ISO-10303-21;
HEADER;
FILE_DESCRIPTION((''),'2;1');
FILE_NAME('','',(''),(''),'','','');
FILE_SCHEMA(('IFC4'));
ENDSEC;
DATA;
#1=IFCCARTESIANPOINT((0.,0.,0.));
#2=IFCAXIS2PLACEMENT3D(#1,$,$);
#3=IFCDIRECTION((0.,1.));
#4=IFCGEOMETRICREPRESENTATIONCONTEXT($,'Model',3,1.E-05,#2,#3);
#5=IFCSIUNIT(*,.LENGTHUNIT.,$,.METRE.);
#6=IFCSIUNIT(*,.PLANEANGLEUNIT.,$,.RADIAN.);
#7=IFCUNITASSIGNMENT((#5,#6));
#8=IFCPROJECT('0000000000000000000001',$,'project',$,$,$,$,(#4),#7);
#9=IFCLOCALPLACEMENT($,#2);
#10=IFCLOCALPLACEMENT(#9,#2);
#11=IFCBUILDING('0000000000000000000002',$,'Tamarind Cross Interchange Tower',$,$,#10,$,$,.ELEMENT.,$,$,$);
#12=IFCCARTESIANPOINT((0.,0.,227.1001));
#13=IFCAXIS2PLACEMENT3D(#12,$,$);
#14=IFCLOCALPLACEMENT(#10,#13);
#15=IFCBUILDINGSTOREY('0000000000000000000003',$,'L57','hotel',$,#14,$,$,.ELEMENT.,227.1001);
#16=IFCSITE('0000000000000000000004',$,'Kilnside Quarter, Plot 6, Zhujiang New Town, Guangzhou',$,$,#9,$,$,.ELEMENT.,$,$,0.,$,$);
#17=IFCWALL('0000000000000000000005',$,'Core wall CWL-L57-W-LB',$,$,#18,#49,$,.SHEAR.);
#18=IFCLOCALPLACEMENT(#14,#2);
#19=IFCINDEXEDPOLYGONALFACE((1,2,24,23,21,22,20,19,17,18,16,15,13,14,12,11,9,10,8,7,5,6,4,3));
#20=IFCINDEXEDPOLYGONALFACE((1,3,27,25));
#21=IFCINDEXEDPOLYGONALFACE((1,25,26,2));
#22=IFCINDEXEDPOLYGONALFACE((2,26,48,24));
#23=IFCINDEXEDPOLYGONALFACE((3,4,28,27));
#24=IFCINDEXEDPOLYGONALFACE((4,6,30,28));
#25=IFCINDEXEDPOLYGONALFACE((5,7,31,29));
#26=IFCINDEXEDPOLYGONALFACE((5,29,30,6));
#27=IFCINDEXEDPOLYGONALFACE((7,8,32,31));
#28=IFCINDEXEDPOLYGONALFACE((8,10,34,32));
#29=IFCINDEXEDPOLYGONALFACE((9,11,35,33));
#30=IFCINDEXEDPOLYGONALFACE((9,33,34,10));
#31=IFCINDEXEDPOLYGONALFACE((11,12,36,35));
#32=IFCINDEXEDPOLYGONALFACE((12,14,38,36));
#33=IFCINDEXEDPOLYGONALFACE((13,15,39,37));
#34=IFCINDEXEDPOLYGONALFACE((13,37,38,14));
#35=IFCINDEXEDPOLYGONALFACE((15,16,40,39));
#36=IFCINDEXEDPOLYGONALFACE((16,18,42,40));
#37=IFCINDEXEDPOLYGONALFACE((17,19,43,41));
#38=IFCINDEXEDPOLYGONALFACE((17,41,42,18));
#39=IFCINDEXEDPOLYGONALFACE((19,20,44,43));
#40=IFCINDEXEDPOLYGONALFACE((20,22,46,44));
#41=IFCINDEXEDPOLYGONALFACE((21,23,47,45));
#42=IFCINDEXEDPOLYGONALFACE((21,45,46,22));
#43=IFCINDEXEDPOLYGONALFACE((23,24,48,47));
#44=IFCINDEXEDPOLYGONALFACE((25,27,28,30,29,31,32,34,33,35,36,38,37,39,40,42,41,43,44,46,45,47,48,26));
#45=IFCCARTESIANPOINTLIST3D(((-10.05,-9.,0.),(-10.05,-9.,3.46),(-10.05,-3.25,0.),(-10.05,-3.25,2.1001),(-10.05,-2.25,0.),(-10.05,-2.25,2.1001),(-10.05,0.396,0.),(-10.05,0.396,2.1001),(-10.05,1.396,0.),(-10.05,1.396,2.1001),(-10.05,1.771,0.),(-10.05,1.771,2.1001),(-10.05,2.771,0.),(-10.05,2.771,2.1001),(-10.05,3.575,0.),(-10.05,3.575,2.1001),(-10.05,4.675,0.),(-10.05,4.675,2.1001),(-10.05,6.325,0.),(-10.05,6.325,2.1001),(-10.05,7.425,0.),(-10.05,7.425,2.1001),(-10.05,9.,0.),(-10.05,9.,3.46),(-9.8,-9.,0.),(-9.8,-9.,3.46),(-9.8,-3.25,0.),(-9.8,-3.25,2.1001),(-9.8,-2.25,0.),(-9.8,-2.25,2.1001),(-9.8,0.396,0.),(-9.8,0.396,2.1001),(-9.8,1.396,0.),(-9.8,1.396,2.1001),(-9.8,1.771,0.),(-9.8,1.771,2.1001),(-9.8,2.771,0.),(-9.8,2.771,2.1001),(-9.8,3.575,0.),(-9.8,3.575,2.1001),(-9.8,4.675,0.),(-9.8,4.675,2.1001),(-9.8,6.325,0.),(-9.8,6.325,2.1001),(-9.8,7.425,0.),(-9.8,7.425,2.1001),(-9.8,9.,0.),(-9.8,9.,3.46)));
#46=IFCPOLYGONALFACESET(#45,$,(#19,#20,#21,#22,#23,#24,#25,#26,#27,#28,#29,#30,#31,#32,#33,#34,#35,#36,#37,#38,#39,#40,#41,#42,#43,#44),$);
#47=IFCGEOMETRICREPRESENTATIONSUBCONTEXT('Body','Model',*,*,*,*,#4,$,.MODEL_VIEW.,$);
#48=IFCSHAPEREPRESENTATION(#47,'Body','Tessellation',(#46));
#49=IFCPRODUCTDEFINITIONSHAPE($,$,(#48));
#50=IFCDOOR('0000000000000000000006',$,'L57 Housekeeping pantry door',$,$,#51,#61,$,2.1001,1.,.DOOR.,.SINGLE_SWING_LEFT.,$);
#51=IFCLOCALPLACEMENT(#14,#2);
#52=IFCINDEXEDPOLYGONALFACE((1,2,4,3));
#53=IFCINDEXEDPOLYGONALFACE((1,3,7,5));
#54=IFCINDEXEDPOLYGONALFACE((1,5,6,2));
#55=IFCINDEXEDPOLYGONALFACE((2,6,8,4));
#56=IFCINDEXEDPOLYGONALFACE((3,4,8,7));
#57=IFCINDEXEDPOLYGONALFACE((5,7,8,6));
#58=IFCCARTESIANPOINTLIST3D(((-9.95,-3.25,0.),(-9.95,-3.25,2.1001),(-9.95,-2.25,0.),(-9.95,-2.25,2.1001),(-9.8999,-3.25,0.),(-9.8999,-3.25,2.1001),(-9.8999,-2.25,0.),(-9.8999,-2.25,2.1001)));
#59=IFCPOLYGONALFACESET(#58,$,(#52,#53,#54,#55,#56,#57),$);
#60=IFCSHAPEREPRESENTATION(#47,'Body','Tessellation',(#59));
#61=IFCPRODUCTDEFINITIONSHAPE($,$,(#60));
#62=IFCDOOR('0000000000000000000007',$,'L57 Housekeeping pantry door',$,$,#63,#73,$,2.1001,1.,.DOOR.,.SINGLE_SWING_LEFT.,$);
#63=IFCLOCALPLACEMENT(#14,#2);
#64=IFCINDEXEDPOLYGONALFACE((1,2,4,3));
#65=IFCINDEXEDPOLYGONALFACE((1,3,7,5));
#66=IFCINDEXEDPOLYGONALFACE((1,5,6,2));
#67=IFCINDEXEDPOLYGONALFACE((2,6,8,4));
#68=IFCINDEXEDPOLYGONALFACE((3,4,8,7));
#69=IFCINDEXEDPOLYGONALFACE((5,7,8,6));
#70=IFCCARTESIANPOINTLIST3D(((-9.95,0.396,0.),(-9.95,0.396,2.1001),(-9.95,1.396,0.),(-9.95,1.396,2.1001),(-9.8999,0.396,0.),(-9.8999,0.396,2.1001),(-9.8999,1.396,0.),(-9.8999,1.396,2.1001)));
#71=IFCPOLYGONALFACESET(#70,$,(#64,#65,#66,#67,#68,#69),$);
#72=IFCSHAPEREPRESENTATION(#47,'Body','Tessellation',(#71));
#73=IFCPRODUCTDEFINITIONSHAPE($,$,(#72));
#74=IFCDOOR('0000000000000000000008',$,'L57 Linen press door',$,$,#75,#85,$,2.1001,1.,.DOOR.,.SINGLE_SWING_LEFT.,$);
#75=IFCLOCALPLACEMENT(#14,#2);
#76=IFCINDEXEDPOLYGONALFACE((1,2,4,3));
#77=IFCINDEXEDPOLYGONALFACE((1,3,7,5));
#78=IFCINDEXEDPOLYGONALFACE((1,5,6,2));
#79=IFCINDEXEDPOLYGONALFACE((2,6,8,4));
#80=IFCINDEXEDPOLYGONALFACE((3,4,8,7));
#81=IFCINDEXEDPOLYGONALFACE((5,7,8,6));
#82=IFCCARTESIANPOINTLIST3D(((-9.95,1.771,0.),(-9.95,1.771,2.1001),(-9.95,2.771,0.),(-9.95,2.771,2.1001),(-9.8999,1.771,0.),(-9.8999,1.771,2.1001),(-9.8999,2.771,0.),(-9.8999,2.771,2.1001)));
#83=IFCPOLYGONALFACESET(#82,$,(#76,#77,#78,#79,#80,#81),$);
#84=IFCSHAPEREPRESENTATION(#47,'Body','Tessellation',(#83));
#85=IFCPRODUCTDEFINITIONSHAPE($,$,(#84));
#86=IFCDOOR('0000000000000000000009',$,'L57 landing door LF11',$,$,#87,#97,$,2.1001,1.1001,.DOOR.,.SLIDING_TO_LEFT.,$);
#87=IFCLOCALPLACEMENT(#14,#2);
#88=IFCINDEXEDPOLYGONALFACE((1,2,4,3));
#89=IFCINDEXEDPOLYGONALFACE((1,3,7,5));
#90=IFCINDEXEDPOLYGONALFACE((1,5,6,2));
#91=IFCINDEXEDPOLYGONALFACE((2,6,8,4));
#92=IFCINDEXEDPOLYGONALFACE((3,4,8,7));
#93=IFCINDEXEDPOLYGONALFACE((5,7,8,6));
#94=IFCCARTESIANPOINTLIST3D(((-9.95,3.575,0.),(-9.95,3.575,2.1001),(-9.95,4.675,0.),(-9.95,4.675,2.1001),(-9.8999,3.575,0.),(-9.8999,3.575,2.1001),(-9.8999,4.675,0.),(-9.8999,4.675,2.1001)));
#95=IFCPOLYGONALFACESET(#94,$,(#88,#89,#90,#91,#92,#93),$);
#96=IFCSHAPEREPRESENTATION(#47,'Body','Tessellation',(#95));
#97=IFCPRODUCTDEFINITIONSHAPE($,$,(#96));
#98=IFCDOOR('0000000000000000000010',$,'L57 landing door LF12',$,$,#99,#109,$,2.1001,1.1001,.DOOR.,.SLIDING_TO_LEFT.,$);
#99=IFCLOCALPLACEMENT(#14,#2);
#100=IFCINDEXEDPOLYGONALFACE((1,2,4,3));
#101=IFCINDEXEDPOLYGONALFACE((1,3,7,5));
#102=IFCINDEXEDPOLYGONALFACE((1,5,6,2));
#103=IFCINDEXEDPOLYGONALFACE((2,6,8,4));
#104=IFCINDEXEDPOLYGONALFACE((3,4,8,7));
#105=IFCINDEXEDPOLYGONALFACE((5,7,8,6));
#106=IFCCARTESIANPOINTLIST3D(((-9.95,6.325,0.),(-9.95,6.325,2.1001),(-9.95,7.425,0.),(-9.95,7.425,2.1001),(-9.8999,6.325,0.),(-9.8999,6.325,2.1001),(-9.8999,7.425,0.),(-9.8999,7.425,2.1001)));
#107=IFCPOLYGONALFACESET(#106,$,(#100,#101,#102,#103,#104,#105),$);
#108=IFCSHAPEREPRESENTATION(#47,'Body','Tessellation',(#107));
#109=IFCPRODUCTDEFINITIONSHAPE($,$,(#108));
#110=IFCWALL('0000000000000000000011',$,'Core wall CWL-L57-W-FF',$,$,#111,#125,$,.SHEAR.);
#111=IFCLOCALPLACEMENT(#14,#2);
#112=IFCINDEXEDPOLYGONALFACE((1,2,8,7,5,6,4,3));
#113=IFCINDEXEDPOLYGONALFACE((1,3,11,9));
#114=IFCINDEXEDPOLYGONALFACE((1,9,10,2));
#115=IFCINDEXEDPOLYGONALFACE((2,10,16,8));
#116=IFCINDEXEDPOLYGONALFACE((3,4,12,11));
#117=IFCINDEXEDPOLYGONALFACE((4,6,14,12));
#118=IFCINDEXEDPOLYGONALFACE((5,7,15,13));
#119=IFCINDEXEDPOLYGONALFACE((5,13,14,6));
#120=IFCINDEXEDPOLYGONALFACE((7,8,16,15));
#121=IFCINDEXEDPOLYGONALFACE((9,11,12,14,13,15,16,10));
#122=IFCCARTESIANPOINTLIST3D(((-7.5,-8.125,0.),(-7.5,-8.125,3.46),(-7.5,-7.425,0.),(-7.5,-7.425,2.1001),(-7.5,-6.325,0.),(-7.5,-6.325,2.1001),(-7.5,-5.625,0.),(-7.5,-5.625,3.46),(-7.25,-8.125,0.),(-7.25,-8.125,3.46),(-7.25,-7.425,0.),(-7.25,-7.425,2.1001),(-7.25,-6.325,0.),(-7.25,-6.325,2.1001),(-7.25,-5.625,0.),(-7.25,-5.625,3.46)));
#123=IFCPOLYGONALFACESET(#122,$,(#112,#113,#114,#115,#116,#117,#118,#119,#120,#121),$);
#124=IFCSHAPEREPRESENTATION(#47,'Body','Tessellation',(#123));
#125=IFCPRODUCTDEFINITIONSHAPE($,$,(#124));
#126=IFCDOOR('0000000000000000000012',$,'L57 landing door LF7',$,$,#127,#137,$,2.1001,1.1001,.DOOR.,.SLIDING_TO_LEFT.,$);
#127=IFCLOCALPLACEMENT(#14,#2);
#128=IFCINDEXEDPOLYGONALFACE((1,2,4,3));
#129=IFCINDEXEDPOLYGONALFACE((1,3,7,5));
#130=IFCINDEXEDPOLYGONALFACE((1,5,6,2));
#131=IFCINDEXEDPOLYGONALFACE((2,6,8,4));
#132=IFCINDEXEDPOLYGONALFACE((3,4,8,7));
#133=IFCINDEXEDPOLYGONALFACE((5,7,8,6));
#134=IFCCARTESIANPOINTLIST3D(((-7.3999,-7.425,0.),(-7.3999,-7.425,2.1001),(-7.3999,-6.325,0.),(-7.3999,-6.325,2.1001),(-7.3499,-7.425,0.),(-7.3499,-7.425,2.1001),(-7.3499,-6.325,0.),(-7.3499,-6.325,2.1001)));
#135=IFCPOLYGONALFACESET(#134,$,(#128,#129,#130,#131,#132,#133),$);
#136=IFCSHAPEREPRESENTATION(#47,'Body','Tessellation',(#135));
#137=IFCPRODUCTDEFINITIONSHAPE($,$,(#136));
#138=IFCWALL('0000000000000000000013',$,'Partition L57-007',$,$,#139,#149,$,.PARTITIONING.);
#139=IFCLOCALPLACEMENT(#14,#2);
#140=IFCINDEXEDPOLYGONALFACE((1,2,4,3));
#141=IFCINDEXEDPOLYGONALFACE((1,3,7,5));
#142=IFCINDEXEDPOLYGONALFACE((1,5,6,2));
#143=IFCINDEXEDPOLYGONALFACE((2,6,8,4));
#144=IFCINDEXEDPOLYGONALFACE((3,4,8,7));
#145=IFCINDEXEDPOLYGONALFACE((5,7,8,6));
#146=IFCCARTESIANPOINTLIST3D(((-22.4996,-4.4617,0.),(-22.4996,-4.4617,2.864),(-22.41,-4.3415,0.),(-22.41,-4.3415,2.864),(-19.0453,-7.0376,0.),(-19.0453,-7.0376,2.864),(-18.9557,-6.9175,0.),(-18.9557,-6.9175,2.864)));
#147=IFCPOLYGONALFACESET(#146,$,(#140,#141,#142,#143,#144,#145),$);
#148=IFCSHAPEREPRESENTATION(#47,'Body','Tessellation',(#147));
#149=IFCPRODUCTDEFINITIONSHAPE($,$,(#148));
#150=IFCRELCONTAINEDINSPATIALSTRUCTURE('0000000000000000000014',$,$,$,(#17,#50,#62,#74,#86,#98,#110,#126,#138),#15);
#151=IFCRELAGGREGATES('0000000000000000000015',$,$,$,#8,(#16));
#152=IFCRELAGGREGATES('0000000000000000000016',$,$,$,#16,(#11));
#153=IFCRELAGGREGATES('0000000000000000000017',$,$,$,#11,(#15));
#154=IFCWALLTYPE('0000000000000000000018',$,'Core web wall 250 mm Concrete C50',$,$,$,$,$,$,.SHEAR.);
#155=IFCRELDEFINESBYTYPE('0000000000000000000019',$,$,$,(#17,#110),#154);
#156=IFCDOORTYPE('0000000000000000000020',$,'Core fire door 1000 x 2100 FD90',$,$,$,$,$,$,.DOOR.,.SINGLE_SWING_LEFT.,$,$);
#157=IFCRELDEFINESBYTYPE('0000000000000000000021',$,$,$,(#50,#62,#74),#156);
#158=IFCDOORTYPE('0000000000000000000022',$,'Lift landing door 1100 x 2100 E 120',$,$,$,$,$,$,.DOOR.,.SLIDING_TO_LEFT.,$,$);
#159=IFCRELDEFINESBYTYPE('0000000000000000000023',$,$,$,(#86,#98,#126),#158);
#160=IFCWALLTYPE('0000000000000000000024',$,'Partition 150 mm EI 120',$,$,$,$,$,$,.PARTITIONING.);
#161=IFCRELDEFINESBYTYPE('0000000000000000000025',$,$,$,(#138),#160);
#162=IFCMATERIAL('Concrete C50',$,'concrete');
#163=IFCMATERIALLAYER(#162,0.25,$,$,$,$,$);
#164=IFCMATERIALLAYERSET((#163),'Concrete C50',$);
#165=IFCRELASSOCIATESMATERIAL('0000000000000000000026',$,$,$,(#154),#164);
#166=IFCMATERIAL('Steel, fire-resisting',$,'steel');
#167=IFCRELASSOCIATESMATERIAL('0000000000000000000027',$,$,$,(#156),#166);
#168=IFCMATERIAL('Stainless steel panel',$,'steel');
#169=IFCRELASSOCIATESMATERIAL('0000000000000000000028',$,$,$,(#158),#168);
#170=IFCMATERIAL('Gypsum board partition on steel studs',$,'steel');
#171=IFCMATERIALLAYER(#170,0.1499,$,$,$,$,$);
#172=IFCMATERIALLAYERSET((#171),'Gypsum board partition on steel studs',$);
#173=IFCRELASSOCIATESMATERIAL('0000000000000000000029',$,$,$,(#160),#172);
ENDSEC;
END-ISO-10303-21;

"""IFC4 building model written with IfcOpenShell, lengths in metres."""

from ifc_helpers import new_model, si_unit, direction, frame, frame_2d, origin, place, context, subcontext, project, spatial, rectangle, extrude, material, layer, layer_set, type_object, element, fill, save


model = new_model("IFC4")

# Units and contexts
model_context = context("Model", 3, precision=1e-05, world=origin(), true_north=direction((0.0, 1.0)))
body_context = subcontext(model_context, "Body", "Model", "MODEL_VIEW")
ifc_project = project(units=[si_unit("LENGTHUNIT", "METRE"), si_unit("PLANEANGLEUNIT", "RADIAN")], contexts=[model_context])

# Site, building, storey
site_placement = place(None, origin())
site = spatial("IfcSite", under=ifc_project, at=site_placement, Name="Kilnside Quarter, Plot 6, Zhujiang New Town, Guangzhou", CompositionType="ELEMENT", RefElevation=0.0)
building_placement = place(site_placement, origin())
building = spatial("IfcBuilding", under=site, at=building_placement, Name="Tamarind Cross Interchange Tower", CompositionType="ELEMENT")
storey_placement = place(building_placement, frame((0.0, 0.0, 227.1001)))
storey = spatial("IfcBuildingStorey", under=building, at=storey_placement, Name="L57", Description="hotel", CompositionType="ELEMENT", Elevation=227.1001)

# Shared definitions
ifc_material_1 = material(Name="Concrete C50", Category="concrete")

# Shared definitions
ifc_material_2 = material(Name="Steel, fire-resisting", Category="steel")

# Shared definitions
ifc_layer_1 = layer(ifc_material_1, 0.25)
ifc_layer_set_1 = layer_set([ifc_layer_1], Name="Concrete C50")
wall_type_1 = type_object("IfcWallType", Name="Core web wall 250 mm Concrete C50", PredefinedType="SHEAR", material=ifc_layer_set_1)

# Wall, openings, doors
door_type_1 = type_object("IfcDoorType", Name="Core fire door 1000 x 2100 FD90", OperationType="SINGLE_SWING_LEFT", PredefinedType="DOOR", material=ifc_material_2)
ifc_material_3 = material(Name="Stainless steel panel", Category="steel")
wall_1_placement = place(storey_placement, frame((-9.925, -9.0, 0.0), z_axis=(0.0, 0.0, 1.0), x_axis=(0.0, 1.0, 0.0)))
wall_1 = element("IfcWall", 1, at=wall_1_placement, inside=storey, type_object=wall_type_1, Name="Core wall CWL-L57-W-LB", PredefinedType="SHEAR", context=body_context, shape_type="SweptSolid", body=[
    extrude(rectangle(XDim=18.0, YDim=0.25, at=frame_2d((9.0, 0.0))), origin(), (0.0, 0.0, 1.0), 3.46),
])
opening_1_placement = place(wall_1_placement, frame((12.575, 0.0, 0.0)))
opening_1 = element("IfcOpeningElement", 2, at=opening_1_placement, cuts=wall_1, PredefinedType="OPENING", context=body_context, shape_type="SweptSolid", body=[
    extrude(rectangle(XDim=1.1001, YDim=2.1001, at=frame_2d((0.55, 1.05))), frame((0.0, 0.135, 0.0), z_axis=(0.0, -1.0, 0.0), x_axis=(1.0, 0.0, 0.0)), (0.0, 0.0, 1.0), 0.27),
])
opening_2_placement = place(wall_1_placement, frame((15.325, 0.0, 0.0)))
opening_2 = element("IfcOpeningElement", 3, at=opening_2_placement, cuts=wall_1, PredefinedType="OPENING", context=body_context, shape_type="SweptSolid", body=[
    extrude(rectangle(XDim=1.1001, YDim=2.1001, at=frame_2d((0.55, 1.05))), frame((0.0, 0.135, 0.0), z_axis=(0.0, -1.0, 0.0), x_axis=(1.0, 0.0, 0.0)), (0.0, 0.0, 1.0), 0.27),
])
opening_3_placement = place(wall_1_placement, frame((5.75, 0.0, 0.0)))
opening_3 = element("IfcOpeningElement", 4, at=opening_3_placement, cuts=wall_1, PredefinedType="OPENING", context=body_context, shape_type="SweptSolid", body=[
    extrude(rectangle(XDim=1.0, YDim=2.1001, at=frame_2d((0.5, 1.05))), frame((0.0, 0.135, 0.0), z_axis=(0.0, -1.0, 0.0), x_axis=(1.0, 0.0, 0.0)), (0.0, 0.0, 1.0), 0.27),
])
opening_4_placement = place(wall_1_placement, frame((9.396, 0.0, 0.0)))
opening_4 = element("IfcOpeningElement", 5, at=opening_4_placement, cuts=wall_1, PredefinedType="OPENING", context=body_context, shape_type="SweptSolid", body=[
    extrude(rectangle(XDim=1.0, YDim=2.1001, at=frame_2d((0.5, 1.05))), frame((0.0, 0.135, 0.0), z_axis=(0.0, -1.0, 0.0), x_axis=(1.0, 0.0, 0.0)), (0.0, 0.0, 1.0), 0.27),
])
opening_5_placement = place(wall_1_placement, frame((10.771, 0.0, 0.0)))
opening_5 = element("IfcOpeningElement", 6, at=opening_5_placement, cuts=wall_1, PredefinedType="OPENING", context=body_context, shape_type="SweptSolid", body=[
    extrude(rectangle(XDim=1.0, YDim=2.1001, at=frame_2d((0.5, 1.05))), frame((0.0, 0.135, 0.0), z_axis=(0.0, -1.0, 0.0), x_axis=(1.0, 0.0, 0.0)), (0.0, 0.0, 1.0), 0.27),
])
door_1_placement = place(opening_3_placement, origin())
door_1 = element("IfcDoor", 7, at=door_1_placement, inside=storey, type_object=door_type_1, Name="L57 Housekeeping pantry door", OperationType="SINGLE_SWING_LEFT", OverallHeight=2.1001, OverallWidth=1.0, PredefinedType="DOOR", context=body_context, shape_type="SweptSolid", body=[
    extrude(rectangle(XDim=1.0, YDim=2.1001, at=frame_2d((0.5, 1.05))), frame((0.0, 0.0249, 0.0), z_axis=(0.0, -1.0, 0.0), x_axis=(1.0, 0.0, 0.0)), (0.0, 0.0, 1.0), 0.05),
])
fill(opening_3, door_1)
door_2_placement = place(opening_4_placement, origin())
door_2 = element("IfcDoor", 8, at=door_2_placement, inside=storey, type_object=door_type_1, Name="L57 Housekeeping pantry door", OperationType="SINGLE_SWING_LEFT", OverallHeight=2.1001, OverallWidth=1.0, PredefinedType="DOOR", context=body_context, shape_type="SweptSolid", body=[
    extrude(rectangle(XDim=1.0, YDim=2.1001, at=frame_2d((0.5, 1.05))), frame((0.0, 0.0249, 0.0), z_axis=(0.0, -1.0, 0.0), x_axis=(1.0, 0.0, 0.0)), (0.0, 0.0, 1.0), 0.05),
])
fill(opening_4, door_2)
door_3_placement = place(opening_5_placement, origin())
door_3 = element("IfcDoor", 9, at=door_3_placement, inside=storey, type_object=door_type_1, Name="L57 Linen press door", OperationType="SINGLE_SWING_LEFT", OverallHeight=2.1001, OverallWidth=1.0, PredefinedType="DOOR", context=body_context, shape_type="SweptSolid", body=[
    extrude(rectangle(XDim=1.0, YDim=2.1001, at=frame_2d((0.5, 1.05))), frame((0.0, 0.0249, 0.0), z_axis=(0.0, -1.0, 0.0), x_axis=(1.0, 0.0, 0.0)), (0.0, 0.0, 1.0), 0.05),
])
fill(opening_5, door_3)
door_type_2 = type_object("IfcDoorType", Name="Lift landing door 1100 x 2100 E 120", OperationType="SLIDING_TO_LEFT", PredefinedType="DOOR", material=ifc_material_3)
door_4_placement = place(opening_1_placement, origin())
door_4 = element("IfcDoor", 10, at=door_4_placement, inside=storey, type_object=door_type_2, Name="L57 landing door LF11", OperationType="SLIDING_TO_LEFT", OverallHeight=2.1001, OverallWidth=1.1001, PredefinedType="DOOR", context=body_context, shape_type="SweptSolid", body=[
    extrude(rectangle(XDim=1.1001, YDim=2.1001, at=frame_2d((0.55, 1.05))), frame((0.0, 0.0249, 0.0), z_axis=(0.0, -1.0, 0.0), x_axis=(1.0, 0.0, 0.0)), (0.0, 0.0, 1.0), 0.05),
])
fill(opening_1, door_4)
door_5_placement = place(opening_2_placement, origin())
door_5 = element("IfcDoor", 11, at=door_5_placement, inside=storey, type_object=door_type_2, Name="L57 landing door LF12", OperationType="SLIDING_TO_LEFT", OverallHeight=2.1001, OverallWidth=1.1001, PredefinedType="DOOR", context=body_context, shape_type="SweptSolid", body=[
    extrude(rectangle(XDim=1.1001, YDim=2.1001, at=frame_2d((0.55, 1.05))), frame((0.0, 0.0249, 0.0), z_axis=(0.0, -1.0, 0.0), x_axis=(1.0, 0.0, 0.0)), (0.0, 0.0, 1.0), 0.05),
])
fill(opening_2, door_5)

# Wall, opening, door
wall_2_placement = place(storey_placement, frame((-7.375, -8.125, 0.0), z_axis=(0.0, 0.0, 1.0), x_axis=(0.0, 1.0, 0.0)))
wall_2 = element("IfcWall", 12, at=wall_2_placement, inside=storey, type_object=wall_type_1, Name="Core wall CWL-L57-W-FF", PredefinedType="SHEAR", context=body_context, shape_type="SweptSolid", body=[
    extrude(rectangle(XDim=2.5, YDim=0.25, at=frame_2d((1.25, 0.0))), origin(), (0.0, 0.0, 1.0), 3.46),
])
opening_6_placement = place(wall_2_placement, frame((0.7, 0.0, 0.0)))
opening_6 = element("IfcOpeningElement", 13, at=opening_6_placement, cuts=wall_2, PredefinedType="OPENING", context=body_context, shape_type="SweptSolid", body=[
    extrude(rectangle(XDim=1.1001, YDim=2.1001, at=frame_2d((0.55, 1.05))), frame((0.0, 0.135, 0.0), z_axis=(0.0, -1.0, 0.0), x_axis=(1.0, 0.0, 0.0)), (0.0, 0.0, 1.0), 0.27),
])
door_6_placement = place(opening_6_placement, origin())
door_6 = element("IfcDoor", 14, at=door_6_placement, inside=storey, type_object=door_type_2, Name="L57 landing door LF7", OperationType="SLIDING_TO_LEFT", OverallHeight=2.1001, OverallWidth=1.1001, PredefinedType="DOOR", context=body_context, shape_type="SweptSolid", body=[
    extrude(rectangle(XDim=1.1001, YDim=2.1001, at=frame_2d((0.55, 1.05))), frame((0.0, 0.0249, 0.0), z_axis=(0.0, -1.0, 0.0), x_axis=(1.0, 0.0, 0.0)), (0.0, 0.0, 1.0), 0.05),
])
fill(opening_6, door_6)

# Wall
ifc_material_4 = material(Name="Gypsum board partition on steel studs", Category="steel")
ifc_layer_2 = layer(ifc_material_4, 0.1499)
ifc_layer_set_2 = layer_set([ifc_layer_2], Name="Gypsum board partition on steel studs")
wall_type_2 = type_object("IfcWallType", Name="Partition 150 mm EI 120", PredefinedType="PARTITIONING", material=ifc_layer_set_2)
wall_3_placement = place(storey_placement, frame((-22.4548, -4.4016, 0.0), z_axis=(0.0, 0.0, 1.0), x_axis=(0.801649, -0.597795, 0.0)))
element("IfcWall", 15, at=wall_3_placement, inside=storey, type_object=wall_type_2, Name="Partition L57-007", PredefinedType="PARTITIONING", context=body_context, shape_type="SweptSolid", body=[
    extrude(rectangle(XDim=4.3091, YDim=0.1499, at=frame_2d((2.1545, 0.0))), origin(), (0.0, 0.0, 1.0), 2.864),
])

save(model, "model.ifc")
